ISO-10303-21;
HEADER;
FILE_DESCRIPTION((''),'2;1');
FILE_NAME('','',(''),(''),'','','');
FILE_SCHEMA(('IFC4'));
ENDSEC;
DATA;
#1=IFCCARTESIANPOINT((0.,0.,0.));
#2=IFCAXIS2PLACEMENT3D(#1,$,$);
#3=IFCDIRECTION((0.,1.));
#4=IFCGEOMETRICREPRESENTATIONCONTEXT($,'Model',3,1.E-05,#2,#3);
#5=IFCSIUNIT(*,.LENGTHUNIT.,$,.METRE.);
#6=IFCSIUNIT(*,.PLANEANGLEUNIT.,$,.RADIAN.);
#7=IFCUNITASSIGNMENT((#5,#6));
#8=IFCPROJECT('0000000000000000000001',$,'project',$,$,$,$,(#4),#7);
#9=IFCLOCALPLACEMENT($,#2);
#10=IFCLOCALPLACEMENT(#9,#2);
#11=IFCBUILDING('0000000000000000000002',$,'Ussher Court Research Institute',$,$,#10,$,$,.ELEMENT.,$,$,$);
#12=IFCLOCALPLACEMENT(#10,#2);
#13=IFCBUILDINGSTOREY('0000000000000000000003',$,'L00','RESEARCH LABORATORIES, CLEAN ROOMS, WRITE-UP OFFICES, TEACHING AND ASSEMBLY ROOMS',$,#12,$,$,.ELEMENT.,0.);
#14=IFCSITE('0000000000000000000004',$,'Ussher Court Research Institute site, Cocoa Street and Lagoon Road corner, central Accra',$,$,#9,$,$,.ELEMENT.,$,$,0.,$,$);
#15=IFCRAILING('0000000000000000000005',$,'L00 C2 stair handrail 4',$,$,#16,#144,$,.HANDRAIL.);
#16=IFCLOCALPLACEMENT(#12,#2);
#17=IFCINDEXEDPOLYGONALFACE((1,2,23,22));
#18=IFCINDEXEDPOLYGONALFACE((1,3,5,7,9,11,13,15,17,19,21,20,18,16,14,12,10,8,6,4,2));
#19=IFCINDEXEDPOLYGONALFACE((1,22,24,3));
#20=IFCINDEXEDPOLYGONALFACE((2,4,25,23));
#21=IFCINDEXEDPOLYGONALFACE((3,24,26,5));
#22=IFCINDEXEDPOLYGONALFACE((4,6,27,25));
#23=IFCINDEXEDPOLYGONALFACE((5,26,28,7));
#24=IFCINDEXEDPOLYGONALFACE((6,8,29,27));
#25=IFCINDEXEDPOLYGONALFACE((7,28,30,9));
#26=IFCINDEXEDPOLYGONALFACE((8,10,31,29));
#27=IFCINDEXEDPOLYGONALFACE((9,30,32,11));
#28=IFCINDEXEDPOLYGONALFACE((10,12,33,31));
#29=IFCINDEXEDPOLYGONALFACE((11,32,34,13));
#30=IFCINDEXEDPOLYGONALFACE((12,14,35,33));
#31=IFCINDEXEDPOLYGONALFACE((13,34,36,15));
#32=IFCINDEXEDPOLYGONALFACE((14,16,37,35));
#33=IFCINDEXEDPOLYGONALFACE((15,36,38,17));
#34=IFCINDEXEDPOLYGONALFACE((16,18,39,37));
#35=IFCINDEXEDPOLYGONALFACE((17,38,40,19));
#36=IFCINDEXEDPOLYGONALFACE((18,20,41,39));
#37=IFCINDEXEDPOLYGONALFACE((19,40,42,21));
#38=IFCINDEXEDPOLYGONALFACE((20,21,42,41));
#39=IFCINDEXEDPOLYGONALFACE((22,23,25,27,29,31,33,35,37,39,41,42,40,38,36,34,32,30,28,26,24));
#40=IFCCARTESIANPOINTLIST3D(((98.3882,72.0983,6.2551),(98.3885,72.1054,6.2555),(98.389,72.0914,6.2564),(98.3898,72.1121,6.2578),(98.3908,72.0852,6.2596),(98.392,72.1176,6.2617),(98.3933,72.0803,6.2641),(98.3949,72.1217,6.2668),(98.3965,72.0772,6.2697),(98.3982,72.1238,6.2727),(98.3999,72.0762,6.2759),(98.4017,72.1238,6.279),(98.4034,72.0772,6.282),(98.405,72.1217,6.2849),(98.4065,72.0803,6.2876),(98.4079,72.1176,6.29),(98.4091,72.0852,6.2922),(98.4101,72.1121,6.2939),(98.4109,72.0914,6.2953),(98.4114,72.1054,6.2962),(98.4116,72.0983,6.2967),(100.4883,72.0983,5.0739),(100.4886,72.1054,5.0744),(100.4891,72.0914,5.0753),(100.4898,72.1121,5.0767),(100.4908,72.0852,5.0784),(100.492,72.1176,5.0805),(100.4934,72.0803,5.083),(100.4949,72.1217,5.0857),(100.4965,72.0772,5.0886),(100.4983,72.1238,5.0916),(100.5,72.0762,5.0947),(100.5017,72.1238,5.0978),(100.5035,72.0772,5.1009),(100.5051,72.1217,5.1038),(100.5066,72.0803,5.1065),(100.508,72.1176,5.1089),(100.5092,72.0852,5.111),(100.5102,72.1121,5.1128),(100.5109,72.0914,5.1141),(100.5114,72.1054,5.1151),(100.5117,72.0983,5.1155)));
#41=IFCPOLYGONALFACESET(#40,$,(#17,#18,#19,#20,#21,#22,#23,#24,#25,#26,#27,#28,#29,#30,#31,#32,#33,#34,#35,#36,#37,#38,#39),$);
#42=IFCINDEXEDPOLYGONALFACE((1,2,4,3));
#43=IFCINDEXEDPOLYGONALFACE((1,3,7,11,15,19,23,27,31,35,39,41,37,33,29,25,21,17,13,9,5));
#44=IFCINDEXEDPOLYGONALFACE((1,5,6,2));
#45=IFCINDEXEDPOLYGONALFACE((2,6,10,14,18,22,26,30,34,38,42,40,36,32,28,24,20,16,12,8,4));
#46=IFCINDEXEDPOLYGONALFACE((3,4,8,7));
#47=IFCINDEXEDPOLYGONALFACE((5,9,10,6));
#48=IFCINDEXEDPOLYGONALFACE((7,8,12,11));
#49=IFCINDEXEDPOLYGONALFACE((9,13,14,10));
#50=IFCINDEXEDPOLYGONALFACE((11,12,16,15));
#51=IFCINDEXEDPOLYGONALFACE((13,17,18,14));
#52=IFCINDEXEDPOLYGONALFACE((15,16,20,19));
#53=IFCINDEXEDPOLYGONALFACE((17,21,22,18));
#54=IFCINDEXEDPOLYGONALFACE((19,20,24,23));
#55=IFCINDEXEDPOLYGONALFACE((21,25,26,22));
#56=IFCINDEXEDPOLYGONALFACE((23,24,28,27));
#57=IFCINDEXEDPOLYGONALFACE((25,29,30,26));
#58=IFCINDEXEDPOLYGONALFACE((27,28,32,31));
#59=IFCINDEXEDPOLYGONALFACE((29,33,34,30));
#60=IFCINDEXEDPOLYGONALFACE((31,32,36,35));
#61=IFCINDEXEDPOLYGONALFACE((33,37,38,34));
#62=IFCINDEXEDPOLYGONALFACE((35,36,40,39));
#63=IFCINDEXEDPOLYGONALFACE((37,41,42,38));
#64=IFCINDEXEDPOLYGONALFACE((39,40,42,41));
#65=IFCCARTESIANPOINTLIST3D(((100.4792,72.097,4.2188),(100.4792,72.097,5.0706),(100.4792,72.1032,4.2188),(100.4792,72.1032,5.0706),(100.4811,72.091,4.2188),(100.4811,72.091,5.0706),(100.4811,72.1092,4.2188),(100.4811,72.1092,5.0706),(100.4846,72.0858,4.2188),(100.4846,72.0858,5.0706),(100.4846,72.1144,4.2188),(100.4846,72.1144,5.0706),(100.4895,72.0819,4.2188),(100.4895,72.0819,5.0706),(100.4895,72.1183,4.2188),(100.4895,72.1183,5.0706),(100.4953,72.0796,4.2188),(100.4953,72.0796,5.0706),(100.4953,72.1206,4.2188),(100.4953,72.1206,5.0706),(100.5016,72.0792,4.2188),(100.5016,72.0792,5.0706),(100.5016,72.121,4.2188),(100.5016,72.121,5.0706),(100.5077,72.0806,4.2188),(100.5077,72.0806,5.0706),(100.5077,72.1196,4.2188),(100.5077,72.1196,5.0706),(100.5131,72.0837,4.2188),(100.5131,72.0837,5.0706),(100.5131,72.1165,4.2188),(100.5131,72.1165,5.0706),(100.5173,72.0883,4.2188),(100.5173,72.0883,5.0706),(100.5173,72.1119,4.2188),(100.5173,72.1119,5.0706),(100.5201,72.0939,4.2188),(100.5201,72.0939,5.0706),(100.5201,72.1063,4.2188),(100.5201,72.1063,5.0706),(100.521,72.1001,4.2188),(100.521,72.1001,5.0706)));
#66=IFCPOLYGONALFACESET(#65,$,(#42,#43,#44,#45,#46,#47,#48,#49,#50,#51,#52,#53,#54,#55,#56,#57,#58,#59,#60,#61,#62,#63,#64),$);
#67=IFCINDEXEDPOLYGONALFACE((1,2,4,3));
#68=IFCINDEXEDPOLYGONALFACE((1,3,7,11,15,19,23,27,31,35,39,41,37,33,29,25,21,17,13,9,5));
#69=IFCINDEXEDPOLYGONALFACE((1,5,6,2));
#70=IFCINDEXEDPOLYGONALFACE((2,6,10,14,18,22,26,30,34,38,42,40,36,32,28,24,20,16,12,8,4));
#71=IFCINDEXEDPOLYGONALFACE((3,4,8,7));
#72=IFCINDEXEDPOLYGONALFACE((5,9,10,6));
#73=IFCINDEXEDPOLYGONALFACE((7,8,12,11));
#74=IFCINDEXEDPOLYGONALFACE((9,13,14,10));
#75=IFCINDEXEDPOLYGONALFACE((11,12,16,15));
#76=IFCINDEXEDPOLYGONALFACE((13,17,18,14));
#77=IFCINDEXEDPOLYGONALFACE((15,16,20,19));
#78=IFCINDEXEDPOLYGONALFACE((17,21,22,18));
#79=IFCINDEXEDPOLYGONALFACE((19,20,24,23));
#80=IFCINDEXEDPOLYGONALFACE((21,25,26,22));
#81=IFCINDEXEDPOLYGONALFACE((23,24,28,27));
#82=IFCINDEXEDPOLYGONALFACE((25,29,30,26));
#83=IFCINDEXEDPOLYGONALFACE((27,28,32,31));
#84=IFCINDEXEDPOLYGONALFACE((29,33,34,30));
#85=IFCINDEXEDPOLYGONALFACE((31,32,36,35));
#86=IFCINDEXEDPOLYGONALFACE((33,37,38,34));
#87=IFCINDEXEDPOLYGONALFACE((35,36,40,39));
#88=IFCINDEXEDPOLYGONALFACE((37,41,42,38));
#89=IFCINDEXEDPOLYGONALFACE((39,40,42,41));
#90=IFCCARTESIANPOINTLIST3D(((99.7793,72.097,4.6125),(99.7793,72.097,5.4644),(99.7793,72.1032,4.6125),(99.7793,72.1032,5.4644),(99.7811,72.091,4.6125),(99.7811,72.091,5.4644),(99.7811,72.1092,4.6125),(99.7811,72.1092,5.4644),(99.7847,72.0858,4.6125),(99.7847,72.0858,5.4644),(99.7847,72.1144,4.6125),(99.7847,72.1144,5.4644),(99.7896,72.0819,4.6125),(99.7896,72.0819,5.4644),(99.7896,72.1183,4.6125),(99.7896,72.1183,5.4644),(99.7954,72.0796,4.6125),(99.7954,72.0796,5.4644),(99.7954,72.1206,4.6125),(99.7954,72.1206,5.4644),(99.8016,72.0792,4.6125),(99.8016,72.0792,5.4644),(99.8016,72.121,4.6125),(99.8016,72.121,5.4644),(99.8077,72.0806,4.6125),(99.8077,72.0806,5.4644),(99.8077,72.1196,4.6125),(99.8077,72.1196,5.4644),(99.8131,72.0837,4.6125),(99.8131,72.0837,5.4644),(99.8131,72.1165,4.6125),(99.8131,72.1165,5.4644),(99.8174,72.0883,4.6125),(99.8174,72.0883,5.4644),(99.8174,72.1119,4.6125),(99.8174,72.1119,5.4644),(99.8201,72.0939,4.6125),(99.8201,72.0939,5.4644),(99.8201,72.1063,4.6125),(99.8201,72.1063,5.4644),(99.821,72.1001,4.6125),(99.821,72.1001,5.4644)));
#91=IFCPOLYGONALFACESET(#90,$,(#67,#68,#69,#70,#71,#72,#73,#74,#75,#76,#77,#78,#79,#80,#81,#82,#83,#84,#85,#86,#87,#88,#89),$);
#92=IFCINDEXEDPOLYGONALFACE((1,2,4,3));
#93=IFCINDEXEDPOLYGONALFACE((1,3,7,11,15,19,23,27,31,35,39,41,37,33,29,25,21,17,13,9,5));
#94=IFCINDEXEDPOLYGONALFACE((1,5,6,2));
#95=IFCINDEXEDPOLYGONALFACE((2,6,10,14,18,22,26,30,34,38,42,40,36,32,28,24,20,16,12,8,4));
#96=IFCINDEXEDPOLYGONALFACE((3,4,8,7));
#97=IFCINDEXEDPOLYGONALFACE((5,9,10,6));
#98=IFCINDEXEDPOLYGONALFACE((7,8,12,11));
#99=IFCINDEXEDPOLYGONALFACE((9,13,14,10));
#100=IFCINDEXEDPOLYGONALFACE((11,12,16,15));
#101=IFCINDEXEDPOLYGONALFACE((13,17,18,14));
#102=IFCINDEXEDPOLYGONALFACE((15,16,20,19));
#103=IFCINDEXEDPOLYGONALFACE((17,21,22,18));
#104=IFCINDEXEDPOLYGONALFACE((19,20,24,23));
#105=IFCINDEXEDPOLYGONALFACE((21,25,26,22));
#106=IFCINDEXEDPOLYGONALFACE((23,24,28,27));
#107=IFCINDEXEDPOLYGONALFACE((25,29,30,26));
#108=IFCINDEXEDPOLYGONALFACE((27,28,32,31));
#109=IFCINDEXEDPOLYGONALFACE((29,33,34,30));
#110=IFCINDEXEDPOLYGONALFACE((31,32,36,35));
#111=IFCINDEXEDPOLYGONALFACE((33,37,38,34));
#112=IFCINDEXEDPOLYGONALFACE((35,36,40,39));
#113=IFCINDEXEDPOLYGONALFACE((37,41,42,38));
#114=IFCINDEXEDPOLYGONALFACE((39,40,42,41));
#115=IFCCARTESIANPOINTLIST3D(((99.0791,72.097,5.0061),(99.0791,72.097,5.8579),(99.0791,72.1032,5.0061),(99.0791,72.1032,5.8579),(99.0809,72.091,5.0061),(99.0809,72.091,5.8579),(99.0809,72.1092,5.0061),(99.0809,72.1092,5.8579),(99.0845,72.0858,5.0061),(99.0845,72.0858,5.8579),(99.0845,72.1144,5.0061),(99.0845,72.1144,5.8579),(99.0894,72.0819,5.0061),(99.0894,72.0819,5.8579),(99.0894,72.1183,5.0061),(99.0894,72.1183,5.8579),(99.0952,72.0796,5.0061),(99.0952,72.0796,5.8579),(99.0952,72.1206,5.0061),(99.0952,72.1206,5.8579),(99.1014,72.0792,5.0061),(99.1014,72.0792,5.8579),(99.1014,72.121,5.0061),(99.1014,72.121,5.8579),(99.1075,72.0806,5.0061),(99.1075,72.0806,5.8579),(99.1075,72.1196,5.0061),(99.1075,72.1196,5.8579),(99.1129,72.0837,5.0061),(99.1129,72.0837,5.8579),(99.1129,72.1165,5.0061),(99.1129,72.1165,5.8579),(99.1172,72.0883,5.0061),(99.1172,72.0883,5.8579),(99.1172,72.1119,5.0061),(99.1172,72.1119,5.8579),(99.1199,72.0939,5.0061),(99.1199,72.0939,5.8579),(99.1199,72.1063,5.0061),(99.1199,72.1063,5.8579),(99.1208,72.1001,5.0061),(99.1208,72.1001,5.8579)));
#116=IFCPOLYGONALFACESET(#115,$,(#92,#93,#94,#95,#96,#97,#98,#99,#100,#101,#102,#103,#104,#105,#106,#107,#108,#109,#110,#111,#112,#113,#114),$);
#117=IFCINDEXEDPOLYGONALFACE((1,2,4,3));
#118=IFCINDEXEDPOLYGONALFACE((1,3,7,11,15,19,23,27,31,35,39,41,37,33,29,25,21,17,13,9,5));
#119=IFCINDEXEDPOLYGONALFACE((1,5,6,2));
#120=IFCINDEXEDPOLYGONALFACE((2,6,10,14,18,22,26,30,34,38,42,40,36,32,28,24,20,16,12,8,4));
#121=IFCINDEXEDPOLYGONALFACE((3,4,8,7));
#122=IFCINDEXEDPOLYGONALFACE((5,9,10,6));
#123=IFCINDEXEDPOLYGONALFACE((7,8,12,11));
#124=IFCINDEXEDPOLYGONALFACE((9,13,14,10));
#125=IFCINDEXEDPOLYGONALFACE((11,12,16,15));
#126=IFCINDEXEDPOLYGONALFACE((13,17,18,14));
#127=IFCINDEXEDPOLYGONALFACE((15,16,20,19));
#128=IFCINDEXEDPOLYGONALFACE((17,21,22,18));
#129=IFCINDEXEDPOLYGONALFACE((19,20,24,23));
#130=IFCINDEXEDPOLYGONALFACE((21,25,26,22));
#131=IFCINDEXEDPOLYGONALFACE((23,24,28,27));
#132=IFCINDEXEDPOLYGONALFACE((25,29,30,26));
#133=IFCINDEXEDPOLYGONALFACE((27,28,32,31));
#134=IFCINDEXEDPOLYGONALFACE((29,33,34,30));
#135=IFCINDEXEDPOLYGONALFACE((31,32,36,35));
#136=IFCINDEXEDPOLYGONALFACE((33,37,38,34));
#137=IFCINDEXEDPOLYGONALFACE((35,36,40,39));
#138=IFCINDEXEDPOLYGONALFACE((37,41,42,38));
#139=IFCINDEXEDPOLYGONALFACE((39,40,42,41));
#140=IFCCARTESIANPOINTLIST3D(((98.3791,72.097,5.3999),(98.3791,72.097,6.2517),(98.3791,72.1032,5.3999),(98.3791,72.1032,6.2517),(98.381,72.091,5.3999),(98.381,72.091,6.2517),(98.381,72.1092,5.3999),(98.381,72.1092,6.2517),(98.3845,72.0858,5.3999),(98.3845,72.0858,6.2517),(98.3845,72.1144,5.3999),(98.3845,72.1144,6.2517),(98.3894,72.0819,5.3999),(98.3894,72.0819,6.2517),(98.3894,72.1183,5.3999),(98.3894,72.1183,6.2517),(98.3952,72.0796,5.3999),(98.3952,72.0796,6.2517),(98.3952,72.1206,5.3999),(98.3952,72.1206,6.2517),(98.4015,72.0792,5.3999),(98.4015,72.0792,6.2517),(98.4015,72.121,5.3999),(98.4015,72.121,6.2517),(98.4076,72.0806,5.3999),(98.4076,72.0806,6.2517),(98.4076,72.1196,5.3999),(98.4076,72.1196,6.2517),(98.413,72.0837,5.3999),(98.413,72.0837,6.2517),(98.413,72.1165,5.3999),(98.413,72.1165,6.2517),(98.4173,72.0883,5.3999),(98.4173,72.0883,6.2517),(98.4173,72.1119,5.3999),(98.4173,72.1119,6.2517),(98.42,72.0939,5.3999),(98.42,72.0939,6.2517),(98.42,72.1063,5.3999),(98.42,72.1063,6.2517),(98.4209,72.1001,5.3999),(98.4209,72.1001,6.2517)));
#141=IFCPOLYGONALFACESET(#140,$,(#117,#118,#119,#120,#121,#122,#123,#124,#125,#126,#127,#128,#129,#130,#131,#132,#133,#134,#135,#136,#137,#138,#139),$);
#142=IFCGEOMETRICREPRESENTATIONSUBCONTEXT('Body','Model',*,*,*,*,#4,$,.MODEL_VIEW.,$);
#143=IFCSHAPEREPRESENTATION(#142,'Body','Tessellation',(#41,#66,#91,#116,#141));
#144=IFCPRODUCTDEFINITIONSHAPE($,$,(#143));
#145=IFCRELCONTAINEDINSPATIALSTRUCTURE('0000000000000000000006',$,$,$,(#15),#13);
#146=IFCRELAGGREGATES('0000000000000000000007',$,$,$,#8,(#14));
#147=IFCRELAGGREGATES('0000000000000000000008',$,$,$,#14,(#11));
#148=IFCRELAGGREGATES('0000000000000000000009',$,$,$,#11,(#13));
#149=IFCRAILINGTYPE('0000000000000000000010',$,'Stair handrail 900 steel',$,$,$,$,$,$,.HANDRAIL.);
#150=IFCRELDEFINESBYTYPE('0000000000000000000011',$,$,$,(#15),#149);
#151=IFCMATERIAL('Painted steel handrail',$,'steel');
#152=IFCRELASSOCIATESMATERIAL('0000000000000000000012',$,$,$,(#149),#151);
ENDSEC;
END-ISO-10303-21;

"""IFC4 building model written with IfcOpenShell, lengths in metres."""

from ifc_helpers import new_model, si_unit, direction, frame, origin, origin_2d, place, context, subcontext, project, spatial, circle, extrude, material, type_object, element, save


model = new_model("IFC4")

# Units and contexts
model_context = context("Model", 3, precision=1e-05, world=origin(), true_north=direction((0.0, 1.0)))
body_context = subcontext(model_context, "Body", "Model", "MODEL_VIEW")
ifc_project = project(units=[si_unit("LENGTHUNIT", "METRE"), si_unit("PLANEANGLEUNIT", "RADIAN")], contexts=[model_context])

# Site, building, storey
site_placement = place(None, origin())
site = spatial("IfcSite", under=ifc_project, at=site_placement, Name="Ussher Court Research Institute site, Cocoa Street and Lagoon Road corner, central Accra", CompositionType="ELEMENT", RefElevation=0.0)
building_placement = place(site_placement, origin())
building = spatial("IfcBuilding", under=site, at=building_placement, Name="Ussher Court Research Institute", CompositionType="ELEMENT")
storey_placement = place(building_placement, origin())
storey = spatial("IfcBuildingStorey", under=building, at=storey_placement, Name="L00", Description="RESEARCH LABORATORIES, CLEAN ROOMS, WRITE-UP OFFICES, TEACHING AND ASSEMBLY ROOMS", CompositionType="ELEMENT", Elevation=0.0)

# Railing
ifc_material_1 = material(Name="Painted steel handrail", Category="steel")
railing_type_1 = type_object("IfcRailingType", Name="Stair handrail 900 steel", PredefinedType="HANDRAIL", material=ifc_material_1)
for number, where, name in (
    (1, (100.5, 72.1001, 4.2188), "L00 C2 stair handrail 4"),
):
    element("IfcRailing", number, at=place(storey_placement, frame(where)), inside=storey, type_object=railing_type_1, Name=name, PredefinedType="HANDRAIL", context=body_context, shape_type="SweptSolid", body=[
        extrude(circle(Radius=0.0239, at=origin_2d()), frame((0.0, 0.0, 0.876), z_axis=(-0.871603, 0.0, 0.490213), x_axis=(0.0, -1.0, 0.0)), (0.0, 0.0, 1.0), 2.4094),
        extrude(circle(Radius=0.021, at=origin_2d()), origin(), (0.0, 0.0, 1.0), 0.8518),
        extrude(circle(Radius=0.021, at=origin_2d()), frame((-0.7, 0.0, 0.3938)), (0.0, 0.0, 1.0), 0.8518),
        extrude(circle(Radius=0.021, at=origin_2d()), frame((-1.4001, 0.0, 0.7874)), (0.0, 0.0, 1.0), 0.8518),
        extrude(circle(Radius=0.021, at=origin_2d()), frame((-2.1001, 0.0, 1.1812)), (0.0, 0.0, 1.0), 0.8518),
    ])

save(model, "model.ifc")
